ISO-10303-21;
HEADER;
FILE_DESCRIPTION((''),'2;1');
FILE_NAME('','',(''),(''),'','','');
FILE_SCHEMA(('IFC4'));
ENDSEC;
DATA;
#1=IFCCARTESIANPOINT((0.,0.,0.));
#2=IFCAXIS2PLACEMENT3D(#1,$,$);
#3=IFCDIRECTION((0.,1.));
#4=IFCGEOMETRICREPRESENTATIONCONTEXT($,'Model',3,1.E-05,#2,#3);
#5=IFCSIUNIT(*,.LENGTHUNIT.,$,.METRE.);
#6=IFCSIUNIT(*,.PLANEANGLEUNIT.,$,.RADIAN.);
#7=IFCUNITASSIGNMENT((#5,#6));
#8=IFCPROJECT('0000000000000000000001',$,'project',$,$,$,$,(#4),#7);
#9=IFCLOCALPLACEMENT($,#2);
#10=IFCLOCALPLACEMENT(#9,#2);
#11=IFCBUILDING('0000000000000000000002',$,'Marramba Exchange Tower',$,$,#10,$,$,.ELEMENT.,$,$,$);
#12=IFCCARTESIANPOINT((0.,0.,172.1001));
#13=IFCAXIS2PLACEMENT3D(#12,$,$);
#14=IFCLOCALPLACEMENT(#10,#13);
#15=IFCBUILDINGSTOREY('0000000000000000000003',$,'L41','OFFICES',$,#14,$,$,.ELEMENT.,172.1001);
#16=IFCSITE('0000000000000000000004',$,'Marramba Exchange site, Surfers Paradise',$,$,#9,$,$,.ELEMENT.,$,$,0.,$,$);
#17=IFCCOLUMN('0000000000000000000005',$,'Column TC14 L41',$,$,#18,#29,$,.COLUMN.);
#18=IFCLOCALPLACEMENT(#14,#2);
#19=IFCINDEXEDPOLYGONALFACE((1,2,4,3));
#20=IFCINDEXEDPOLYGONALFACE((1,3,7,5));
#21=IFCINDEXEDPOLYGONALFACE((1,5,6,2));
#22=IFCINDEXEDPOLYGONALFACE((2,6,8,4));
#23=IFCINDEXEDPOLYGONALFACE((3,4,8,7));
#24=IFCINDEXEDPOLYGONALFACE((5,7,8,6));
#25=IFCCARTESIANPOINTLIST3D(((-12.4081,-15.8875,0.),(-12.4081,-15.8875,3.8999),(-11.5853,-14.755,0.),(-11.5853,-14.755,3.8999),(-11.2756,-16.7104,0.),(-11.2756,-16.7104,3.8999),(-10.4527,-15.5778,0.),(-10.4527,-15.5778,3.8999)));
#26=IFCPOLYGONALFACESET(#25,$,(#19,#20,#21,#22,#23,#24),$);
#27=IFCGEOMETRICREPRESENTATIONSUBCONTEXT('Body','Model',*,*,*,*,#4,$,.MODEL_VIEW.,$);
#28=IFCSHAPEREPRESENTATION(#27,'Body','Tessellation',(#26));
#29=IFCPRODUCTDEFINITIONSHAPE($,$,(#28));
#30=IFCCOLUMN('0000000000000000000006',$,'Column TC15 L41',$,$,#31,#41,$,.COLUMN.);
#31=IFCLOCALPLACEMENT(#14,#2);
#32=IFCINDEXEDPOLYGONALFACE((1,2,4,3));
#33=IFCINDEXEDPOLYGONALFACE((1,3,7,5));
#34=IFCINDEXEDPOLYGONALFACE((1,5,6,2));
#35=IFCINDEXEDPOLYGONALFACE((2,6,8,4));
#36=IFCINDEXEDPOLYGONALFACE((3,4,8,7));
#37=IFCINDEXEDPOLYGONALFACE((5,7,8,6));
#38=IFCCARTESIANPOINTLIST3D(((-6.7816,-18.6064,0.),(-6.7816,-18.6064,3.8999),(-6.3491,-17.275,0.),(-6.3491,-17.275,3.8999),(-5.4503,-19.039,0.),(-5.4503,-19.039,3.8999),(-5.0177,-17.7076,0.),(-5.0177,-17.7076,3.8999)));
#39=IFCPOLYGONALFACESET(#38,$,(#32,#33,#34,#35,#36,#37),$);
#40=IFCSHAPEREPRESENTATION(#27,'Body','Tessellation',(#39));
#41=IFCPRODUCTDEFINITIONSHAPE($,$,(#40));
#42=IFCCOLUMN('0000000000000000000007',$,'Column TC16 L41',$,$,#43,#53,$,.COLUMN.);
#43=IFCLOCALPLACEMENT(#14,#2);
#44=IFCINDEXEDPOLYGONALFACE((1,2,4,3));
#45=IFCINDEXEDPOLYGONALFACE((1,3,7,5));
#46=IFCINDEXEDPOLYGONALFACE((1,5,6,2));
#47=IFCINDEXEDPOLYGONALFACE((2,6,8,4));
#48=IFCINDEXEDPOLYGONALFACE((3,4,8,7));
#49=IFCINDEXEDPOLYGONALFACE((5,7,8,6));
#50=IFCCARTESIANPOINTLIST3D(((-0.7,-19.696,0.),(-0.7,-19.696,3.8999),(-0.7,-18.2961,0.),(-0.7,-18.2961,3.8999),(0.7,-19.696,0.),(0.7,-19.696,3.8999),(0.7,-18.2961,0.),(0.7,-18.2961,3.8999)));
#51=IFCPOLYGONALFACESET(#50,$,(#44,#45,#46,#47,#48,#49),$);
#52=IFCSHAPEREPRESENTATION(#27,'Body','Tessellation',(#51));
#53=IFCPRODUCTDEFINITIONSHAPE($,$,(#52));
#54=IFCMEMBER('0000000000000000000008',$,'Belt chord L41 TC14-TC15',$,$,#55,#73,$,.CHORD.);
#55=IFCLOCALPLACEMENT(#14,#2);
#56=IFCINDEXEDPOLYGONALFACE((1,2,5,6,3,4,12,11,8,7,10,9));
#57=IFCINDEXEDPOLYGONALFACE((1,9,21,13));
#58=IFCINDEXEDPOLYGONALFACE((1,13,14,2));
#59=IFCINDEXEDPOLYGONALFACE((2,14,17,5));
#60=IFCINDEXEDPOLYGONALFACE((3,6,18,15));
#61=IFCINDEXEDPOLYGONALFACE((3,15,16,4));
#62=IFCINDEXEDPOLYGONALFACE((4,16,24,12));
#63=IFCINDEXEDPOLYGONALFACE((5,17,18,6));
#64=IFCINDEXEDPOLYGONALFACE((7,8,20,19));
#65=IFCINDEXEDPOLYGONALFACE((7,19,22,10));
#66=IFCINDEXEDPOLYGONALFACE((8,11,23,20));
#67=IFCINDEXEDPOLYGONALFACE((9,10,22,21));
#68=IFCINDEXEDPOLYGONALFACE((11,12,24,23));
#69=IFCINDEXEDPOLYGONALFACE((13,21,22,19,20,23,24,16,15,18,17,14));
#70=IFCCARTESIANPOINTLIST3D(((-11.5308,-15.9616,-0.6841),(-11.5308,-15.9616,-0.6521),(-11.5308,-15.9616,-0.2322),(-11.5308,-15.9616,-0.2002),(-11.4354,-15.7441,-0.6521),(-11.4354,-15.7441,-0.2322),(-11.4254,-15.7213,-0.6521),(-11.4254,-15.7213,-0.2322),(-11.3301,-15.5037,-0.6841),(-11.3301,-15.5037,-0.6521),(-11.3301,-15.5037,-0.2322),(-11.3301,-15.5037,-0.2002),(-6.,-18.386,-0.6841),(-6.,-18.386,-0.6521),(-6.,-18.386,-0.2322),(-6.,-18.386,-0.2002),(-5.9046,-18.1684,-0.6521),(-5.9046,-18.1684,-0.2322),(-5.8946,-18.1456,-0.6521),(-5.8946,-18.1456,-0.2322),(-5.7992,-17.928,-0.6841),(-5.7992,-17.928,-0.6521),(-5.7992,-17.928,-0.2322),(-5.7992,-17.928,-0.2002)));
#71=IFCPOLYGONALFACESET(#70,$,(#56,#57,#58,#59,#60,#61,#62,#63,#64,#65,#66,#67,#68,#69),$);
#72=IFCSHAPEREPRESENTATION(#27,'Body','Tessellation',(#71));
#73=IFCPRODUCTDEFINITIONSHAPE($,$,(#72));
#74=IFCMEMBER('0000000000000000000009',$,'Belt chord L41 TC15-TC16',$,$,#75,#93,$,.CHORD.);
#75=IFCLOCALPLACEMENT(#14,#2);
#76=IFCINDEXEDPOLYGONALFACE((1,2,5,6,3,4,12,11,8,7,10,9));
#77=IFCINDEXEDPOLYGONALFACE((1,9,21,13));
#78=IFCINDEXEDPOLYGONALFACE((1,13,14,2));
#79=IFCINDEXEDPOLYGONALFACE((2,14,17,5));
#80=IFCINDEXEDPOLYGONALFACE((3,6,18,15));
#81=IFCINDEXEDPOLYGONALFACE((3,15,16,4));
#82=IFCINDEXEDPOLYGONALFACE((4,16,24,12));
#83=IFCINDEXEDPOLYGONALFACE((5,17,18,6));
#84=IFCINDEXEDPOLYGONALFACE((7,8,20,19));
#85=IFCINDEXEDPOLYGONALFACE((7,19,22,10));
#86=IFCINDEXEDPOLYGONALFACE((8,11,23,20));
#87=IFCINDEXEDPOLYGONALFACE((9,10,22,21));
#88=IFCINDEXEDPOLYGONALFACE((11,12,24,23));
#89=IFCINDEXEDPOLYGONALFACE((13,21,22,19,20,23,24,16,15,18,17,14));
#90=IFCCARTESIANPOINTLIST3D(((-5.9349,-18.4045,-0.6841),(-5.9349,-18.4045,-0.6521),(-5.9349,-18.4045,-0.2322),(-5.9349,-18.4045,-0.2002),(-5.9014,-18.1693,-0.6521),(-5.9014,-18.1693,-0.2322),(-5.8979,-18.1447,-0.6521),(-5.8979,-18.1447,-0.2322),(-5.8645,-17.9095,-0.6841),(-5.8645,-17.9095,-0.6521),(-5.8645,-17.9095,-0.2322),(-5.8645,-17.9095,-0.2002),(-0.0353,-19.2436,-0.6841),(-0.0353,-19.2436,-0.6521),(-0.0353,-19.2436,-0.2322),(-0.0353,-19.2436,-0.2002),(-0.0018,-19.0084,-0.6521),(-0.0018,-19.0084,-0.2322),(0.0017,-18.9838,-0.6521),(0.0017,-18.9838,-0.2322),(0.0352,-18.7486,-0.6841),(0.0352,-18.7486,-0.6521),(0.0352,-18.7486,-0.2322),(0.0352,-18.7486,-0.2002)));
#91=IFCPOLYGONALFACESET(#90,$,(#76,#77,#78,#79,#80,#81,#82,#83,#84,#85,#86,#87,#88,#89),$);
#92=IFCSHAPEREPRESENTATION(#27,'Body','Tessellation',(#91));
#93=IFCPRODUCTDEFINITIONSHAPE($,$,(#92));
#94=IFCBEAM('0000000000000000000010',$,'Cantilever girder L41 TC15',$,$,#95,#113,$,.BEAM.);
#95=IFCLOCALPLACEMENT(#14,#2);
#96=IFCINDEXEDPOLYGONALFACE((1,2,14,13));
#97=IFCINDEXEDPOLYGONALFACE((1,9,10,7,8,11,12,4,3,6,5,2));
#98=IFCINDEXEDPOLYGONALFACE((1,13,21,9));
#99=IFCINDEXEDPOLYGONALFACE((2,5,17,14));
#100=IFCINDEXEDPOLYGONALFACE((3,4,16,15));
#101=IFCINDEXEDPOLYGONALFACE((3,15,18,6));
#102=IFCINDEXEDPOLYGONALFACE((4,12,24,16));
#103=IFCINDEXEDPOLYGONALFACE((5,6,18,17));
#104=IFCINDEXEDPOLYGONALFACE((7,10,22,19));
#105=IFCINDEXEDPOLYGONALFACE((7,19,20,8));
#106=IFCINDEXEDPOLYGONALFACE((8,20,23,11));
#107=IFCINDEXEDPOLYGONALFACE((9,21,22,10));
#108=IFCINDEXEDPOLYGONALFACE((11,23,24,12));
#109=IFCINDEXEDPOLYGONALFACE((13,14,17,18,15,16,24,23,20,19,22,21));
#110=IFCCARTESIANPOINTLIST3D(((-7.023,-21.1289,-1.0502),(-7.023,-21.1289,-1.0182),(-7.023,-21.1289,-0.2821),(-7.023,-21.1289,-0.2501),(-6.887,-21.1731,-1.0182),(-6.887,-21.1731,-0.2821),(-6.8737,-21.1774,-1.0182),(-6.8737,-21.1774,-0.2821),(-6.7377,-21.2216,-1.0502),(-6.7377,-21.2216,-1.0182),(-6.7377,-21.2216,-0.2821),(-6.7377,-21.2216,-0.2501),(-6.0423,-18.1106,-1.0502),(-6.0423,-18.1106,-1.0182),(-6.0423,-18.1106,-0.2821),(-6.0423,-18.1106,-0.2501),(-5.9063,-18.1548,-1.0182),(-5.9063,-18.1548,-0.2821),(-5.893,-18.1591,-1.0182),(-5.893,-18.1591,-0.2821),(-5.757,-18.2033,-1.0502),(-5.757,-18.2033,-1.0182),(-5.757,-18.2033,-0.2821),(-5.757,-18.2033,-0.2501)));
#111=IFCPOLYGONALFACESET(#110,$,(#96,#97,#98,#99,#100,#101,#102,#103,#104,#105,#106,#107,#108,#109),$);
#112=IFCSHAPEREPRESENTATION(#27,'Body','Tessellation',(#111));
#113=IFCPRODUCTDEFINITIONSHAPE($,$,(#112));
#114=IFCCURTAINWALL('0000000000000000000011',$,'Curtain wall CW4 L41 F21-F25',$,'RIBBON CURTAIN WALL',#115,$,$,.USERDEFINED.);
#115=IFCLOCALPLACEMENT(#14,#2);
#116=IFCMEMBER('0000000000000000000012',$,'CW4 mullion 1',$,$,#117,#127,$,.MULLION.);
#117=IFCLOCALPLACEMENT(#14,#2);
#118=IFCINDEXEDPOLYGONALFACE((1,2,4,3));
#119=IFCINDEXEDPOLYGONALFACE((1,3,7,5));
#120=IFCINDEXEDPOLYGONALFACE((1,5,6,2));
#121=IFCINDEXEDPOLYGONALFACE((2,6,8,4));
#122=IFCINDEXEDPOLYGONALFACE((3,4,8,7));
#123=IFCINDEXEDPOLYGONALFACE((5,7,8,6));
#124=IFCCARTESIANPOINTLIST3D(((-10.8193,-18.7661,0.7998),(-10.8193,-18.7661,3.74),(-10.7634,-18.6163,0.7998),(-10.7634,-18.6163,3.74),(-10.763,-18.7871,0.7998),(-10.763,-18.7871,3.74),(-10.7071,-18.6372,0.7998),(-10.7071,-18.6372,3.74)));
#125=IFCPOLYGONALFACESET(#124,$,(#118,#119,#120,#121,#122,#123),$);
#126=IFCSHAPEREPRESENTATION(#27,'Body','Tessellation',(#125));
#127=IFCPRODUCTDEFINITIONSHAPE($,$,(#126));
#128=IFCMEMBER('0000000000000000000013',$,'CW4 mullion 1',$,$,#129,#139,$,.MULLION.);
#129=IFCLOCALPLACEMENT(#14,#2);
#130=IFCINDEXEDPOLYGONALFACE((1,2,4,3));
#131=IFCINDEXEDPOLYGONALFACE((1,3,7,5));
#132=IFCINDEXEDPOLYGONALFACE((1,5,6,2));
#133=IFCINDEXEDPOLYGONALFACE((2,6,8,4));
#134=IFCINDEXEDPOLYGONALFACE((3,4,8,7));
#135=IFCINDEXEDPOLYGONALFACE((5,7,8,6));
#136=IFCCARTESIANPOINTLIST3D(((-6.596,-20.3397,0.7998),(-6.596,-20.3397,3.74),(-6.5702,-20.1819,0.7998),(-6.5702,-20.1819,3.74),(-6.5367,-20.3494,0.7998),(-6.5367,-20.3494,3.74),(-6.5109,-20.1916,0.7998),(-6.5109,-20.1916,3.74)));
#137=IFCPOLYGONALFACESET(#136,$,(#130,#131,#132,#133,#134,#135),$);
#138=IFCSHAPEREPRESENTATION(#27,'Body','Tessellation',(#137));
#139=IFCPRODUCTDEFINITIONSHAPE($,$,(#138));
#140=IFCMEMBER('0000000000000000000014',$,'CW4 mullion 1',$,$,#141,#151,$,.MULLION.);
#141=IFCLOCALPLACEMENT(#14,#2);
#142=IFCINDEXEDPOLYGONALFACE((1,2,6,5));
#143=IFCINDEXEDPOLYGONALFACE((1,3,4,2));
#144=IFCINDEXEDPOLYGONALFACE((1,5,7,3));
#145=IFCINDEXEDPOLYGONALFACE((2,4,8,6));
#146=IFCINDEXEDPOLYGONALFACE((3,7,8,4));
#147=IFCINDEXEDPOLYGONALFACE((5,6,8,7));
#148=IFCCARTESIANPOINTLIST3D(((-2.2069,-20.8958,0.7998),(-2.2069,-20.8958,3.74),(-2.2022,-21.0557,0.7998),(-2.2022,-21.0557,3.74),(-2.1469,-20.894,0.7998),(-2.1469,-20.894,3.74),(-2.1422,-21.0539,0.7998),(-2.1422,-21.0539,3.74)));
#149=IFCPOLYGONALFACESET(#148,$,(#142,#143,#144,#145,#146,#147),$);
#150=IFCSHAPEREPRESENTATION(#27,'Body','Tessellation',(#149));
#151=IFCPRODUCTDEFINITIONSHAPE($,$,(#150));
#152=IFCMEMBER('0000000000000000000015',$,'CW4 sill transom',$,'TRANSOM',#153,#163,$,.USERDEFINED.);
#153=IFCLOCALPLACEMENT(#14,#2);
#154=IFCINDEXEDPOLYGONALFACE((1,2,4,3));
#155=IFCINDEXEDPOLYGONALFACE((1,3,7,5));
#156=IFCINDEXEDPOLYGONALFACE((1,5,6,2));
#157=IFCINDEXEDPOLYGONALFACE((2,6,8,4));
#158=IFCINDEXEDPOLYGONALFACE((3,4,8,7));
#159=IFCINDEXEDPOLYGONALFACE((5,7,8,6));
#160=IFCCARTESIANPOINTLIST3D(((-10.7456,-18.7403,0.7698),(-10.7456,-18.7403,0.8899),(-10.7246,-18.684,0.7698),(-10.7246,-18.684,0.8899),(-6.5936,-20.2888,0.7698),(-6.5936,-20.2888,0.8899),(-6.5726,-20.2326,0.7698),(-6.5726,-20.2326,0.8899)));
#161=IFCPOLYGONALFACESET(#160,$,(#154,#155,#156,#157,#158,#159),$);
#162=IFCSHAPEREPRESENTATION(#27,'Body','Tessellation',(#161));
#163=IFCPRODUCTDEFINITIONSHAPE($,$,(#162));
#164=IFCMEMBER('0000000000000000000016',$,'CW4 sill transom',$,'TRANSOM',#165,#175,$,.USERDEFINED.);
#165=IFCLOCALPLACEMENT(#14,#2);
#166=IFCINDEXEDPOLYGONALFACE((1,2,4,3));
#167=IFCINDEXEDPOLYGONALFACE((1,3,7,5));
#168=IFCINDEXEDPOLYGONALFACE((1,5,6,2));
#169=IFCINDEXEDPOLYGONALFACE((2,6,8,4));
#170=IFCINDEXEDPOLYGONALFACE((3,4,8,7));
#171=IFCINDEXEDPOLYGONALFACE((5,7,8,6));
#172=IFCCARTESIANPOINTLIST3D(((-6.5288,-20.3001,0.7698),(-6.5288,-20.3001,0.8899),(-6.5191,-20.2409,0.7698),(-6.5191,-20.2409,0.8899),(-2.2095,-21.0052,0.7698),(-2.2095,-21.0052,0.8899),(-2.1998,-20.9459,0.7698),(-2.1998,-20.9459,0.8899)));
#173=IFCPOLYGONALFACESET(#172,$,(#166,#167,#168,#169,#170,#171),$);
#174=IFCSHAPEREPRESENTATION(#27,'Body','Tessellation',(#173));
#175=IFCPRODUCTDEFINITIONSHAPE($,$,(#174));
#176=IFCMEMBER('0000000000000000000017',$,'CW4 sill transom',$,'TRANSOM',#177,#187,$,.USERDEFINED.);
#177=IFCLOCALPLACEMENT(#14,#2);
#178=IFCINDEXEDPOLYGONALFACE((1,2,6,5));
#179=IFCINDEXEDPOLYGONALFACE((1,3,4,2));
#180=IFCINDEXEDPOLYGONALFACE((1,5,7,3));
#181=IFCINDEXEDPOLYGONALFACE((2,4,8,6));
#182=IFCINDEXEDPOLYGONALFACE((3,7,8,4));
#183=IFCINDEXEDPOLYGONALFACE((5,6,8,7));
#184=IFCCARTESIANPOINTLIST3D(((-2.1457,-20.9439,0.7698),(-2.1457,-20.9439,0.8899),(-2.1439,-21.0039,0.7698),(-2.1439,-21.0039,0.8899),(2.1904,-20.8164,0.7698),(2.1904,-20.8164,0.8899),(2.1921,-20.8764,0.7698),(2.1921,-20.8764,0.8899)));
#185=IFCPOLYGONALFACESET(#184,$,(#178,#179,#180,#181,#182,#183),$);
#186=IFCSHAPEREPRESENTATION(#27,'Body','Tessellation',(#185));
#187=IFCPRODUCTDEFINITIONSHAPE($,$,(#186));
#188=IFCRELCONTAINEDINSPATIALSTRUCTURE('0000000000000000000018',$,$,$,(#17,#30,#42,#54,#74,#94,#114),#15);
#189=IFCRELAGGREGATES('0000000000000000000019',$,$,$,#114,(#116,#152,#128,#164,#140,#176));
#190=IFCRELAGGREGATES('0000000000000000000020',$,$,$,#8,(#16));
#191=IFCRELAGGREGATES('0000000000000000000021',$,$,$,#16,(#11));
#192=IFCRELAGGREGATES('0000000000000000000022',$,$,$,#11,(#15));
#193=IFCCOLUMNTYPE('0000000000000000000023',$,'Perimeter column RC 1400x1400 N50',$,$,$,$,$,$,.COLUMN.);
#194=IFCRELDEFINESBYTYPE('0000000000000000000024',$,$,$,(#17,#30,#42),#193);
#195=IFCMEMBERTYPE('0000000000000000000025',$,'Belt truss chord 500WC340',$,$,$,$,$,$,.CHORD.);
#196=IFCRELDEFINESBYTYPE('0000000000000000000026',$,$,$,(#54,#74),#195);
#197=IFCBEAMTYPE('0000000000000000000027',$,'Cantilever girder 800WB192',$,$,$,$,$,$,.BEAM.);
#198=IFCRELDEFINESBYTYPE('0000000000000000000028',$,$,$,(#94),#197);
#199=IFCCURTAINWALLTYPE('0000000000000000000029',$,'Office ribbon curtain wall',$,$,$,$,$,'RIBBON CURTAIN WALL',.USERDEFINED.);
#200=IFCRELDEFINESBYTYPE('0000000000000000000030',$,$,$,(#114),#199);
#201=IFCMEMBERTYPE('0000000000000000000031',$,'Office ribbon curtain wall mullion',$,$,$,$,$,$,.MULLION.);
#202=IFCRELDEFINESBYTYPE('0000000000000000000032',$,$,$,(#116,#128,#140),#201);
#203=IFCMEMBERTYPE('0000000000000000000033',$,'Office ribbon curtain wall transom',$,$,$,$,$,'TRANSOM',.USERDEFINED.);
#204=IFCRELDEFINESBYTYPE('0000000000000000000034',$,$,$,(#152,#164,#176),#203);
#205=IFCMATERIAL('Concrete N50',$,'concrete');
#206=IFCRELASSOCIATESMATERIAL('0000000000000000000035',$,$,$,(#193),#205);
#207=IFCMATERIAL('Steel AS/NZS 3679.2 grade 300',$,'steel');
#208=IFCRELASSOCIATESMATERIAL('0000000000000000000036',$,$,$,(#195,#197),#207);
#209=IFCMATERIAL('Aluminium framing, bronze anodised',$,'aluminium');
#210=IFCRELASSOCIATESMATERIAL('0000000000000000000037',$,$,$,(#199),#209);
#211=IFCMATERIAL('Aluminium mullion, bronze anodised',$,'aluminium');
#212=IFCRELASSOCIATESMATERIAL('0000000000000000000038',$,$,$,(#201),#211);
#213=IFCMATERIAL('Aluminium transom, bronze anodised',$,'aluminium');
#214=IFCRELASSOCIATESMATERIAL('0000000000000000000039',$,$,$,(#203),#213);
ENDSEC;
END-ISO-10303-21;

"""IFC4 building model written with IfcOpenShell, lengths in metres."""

from ifc_helpers import new_model, si_unit, direction, frame, origin, origin_2d, place, context, subcontext, project, spatial, rectangle, i_section, extrude, material, material_profile, profile_set, type_object, element, aggregate, save


model = new_model("IFC4")

# Units and contexts
model_context = context("Model", 3, precision=1e-05, world=origin(), true_north=direction((0.0, 1.0)))
body_context = subcontext(model_context, "Body", "Model", "MODEL_VIEW")
ifc_project = project(units=[si_unit("LENGTHUNIT", "METRE"), si_unit("PLANEANGLEUNIT", "RADIAN")], contexts=[model_context])

# Site, building, storey
site_placement = place(None, origin())
site = spatial("IfcSite", under=ifc_project, at=site_placement, Name="Marramba Exchange site, Surfers Paradise", CompositionType="ELEMENT", RefElevation=0.0)
building_placement = place(site_placement, origin())
building = spatial("IfcBuilding", under=site, at=building_placement, Name="Marramba Exchange Tower", CompositionType="ELEMENT")
storey_placement = place(building_placement, frame((0.0, 0.0, 172.1001)))
storey = spatial("IfcBuildingStorey", under=building, at=storey_placement, Name="L41", Description="OFFICES", CompositionType="ELEMENT", Elevation=172.1001)

# Columns
ifc_material_1 = material(Name="Concrete N50", Category="concrete")
ifc_material_profile_1 = material_profile(ifc_material_1, rectangle(XDim=1.3999, YDim=1.3999, at=origin_2d()), Name="RC 1400x1400")
ifc_profile_set_1 = profile_set([ifc_material_profile_1], Name="Concrete N50")
column_type = type_object("IfcColumnType", Name="Perimeter column RC 1400x1400 N50", PredefinedType="COLUMN", material=ifc_profile_set_1)
for number, where, z_axis, x_axis, name in (
    (1, (-11.4304, -15.7327, 0.0), (0.0, 0.0, 1.0), (-0.587785, -0.809017, 0.0), "Column TC14 L41"),
    (2, (-5.8997, -18.157, 0.0), (0.0, 0.0, 1.0), (-0.309017, -0.951057, 0.0), "Column TC15 L41"),
    (3, (0.0, -18.9961, 0.0), (0.0, 0.0, 1.0), (0.0, -1.0, 0.0), "Column TC16 L41"),
):
    element("IfcColumn", number, at=place(storey_placement, frame(where, z_axis=z_axis, x_axis=x_axis)), inside=storey, type_object=column_type, Name=name, PredefinedType="COLUMN", context=body_context, shape_type="SweptSolid", body=[
        extrude(rectangle(XDim=1.3999, YDim=1.3999, at=origin_2d()), origin(), (0.0, 0.0, 1.0), 3.8999),
    ])

# Members
ifc_material_2 = material(Name="Steel AS/NZS 3679.2 grade 300", Category="steel")
ifc_material_profile_2 = material_profile(ifc_material_2, i_section(OverallWidth=0.5, OverallDepth=0.4839, WebThickness=0.0249, FlangeThickness=0.032, at=origin_2d()), Name="500WC340")
ifc_profile_set_2 = profile_set([ifc_material_profile_2], Name="Steel AS/NZS 3679.2 grade 300")
member_type_1 = type_object("IfcMemberType", Name="Belt truss chord 500WC340", PredefinedType="CHORD", material=ifc_profile_set_2)
member_1_placement = place(storey_placement, frame((-11.4304, -15.7327, -0.4421), z_axis=(0.915877, -0.401459, 0.0), x_axis=(0.401459, 0.915877, 0.0)))
element("IfcMember", 4, at=member_1_placement, inside=storey, type_object=member_type_1, Name="Belt chord L41 TC14-TC15", PredefinedType="CHORD", context=body_context, shape_type="SweptSolid", body=[
    extrude(i_section(OverallWidth=0.5, OverallDepth=0.4839, WebThickness=0.0249, FlangeThickness=0.032, at=origin_2d()), origin(), (0.0, 0.0, 1.0), 6.0388),
])
member_2_placement = place(storey_placement, frame((-5.8997, -18.157, -0.4421), z_axis=(0.990036, -0.140813, 0.0), x_axis=(0.140813, 0.990036, 0.0)))
element("IfcMember", 5, at=member_2_placement, inside=storey, type_object=member_type_1, Name="Belt chord L41 TC15-TC16", PredefinedType="CHORD", context=body_context, shape_type="SweptSolid", body=[
    extrude(i_section(OverallWidth=0.5, OverallDepth=0.4839, WebThickness=0.0249, FlangeThickness=0.032, at=origin_2d()), origin(), (0.0, 0.0, 1.0), 5.959),
])

# Beam
ifc_material_profile_3 = material_profile(ifc_material_2, i_section(OverallWidth=0.3, OverallDepth=0.8, WebThickness=0.0139, FlangeThickness=0.032, at=origin_2d()), Name="800WB192")
ifc_profile_set_3 = profile_set([ifc_material_profile_3], Name="Steel AS/NZS 3679.2 grade 300")
beam_type_1 = type_object("IfcBeamType", Name="Cantilever girder 800WB192", PredefinedType="BEAM", material=ifc_profile_set_3)
beam_1_placement = place(storey_placement, frame((-5.8997, -18.157, -0.6501), z_axis=(-0.309018, -0.951056, 0.0), x_axis=(0.951056, -0.309018, 0.0)))
element("IfcBeam", 6, at=beam_1_placement, inside=storey, type_object=beam_type_1, Name="Cantilever girder L41 TC15", PredefinedType="BEAM", context=body_context, shape_type="SweptSolid", body=[
    extrude(i_section(OverallWidth=0.3, OverallDepth=0.8, WebThickness=0.0139, FlangeThickness=0.032, at=origin_2d()), origin(), (0.0, 0.0, 1.0), 3.1736),
])

# Curtain wall, members
ifc_material_3 = material(Name="Aluminium framing, bronze anodised", Category="aluminium")
curtain_wall_type = type_object("IfcCurtainWallType", Name="Office ribbon curtain wall", ElementType="RIBBON CURTAIN WALL", PredefinedType="USERDEFINED", material=ifc_material_3)
curtain_wall_1_placement = place(storey_placement, origin())
curtain_wall_1 = element("IfcCurtainWall", 7, at=curtain_wall_1_placement, inside=storey, type_object=curtain_wall_type, Name="Curtain wall CW4 L41 F21-F25", ObjectType="RIBBON CURTAIN WALL", PredefinedType="USERDEFINED")
ifc_material_4 = material(Name="Aluminium mullion, bronze anodised", Category="aluminium")
ifc_material_profile_4 = material_profile(ifc_material_4, rectangle(XDim=0.1599, YDim=0.0601, at=origin_2d()), Name="CW4 mullion 60x160")
ifc_profile_set_4 = profile_set([ifc_material_profile_4], Name="Aluminium mullion, bronze anodised")
member_type_2 = type_object("IfcMemberType", Name="Office ribbon curtain wall mullion", PredefinedType="MULLION", material=ifc_profile_set_4)
member_3_placement = place(storey_placement, frame((-10.7632, -18.7017, 0.7998), z_axis=(0.0, 0.0, 1.0), x_axis=(0.349459, 0.936952, 0.0)))
member_3 = element("IfcMember", 8, at=member_3_placement, type_object=member_type_2, Name="CW4 mullion 1", PredefinedType="MULLION", context=body_context, shape_type="SweptSolid", body=[
    extrude(rectangle(XDim=0.1599, YDim=0.0601, at=origin_2d()), origin(), (0.0, 0.0, 1.0), 2.9402),
])
member_4_placement = place(storey_placement, frame((-6.5535, -20.2656, 0.7998), z_axis=(0.0, 0.0, 1.0), x_axis=(0.161146, 0.986931, 0.0)))
member_4 = element("IfcMember", 9, at=member_4_placement, type_object=member_type_2, Name="CW4 mullion 1", PredefinedType="MULLION", context=body_context, shape_type="SweptSolid", body=[
    extrude(rectangle(XDim=0.1599, YDim=0.0601, at=origin_2d()), origin(), (0.0, 0.0, 1.0), 2.9402),
])
member_5_placement = place(storey_placement, frame((-2.1746, -20.9749, 0.7998), z_axis=(0.0, 0.0, 1.0), x_axis=(-0.029393, 0.999568, 0.0)))
member_5 = element("IfcMember", 10, at=member_5_placement, type_object=member_type_2, Name="CW4 mullion 1", PredefinedType="MULLION", context=body_context, shape_type="SweptSolid", body=[
    extrude(rectangle(XDim=0.1599, YDim=0.0601, at=origin_2d()), origin(), (0.0, 0.0, 1.0), 2.9402),
])
ifc_material_5 = material(Name="Aluminium transom, bronze anodised", Category="aluminium")
ifc_material_profile_5 = material_profile(ifc_material_5, rectangle(XDim=0.0601, YDim=0.1201, at=origin_2d()), Name="CW4 transom 60x120")
ifc_profile_set_5 = profile_set([ifc_material_profile_5], Name="Aluminium transom, bronze anodised")
member_type_3 = type_object("IfcMemberType", Name="Office ribbon curtain wall transom", ElementType="TRANSOM", PredefinedType="USERDEFINED", material=ifc_profile_set_5)
member_6_placement = place(storey_placement, frame((-10.7351, -18.7122, 0.8298), z_axis=(0.936955, -0.34945, 0.0), x_axis=(0.34945, 0.936955, 0.0)))
member_6 = element("IfcMember", 11, at=member_6_placement, type_object=member_type_3, Name="CW4 sill transom", ObjectType="TRANSOM", PredefinedType="USERDEFINED", context=body_context, shape_type="SweptSolid", body=[
    extrude(rectangle(XDim=0.0601, YDim=0.1201, at=origin_2d()), origin(), (0.0, 0.0, 1.0), 4.4314),
])
member_7_placement = place(storey_placement, frame((-6.5239, -20.2705, 0.8298), z_axis=(0.986937, -0.161105, 0.0), x_axis=(0.161105, 0.986937, 0.0)))
member_7 = element("IfcMember", 12, at=member_7_placement, type_object=member_type_3, Name="CW4 sill transom", ObjectType="TRANSOM", PredefinedType="USERDEFINED", context=body_context, shape_type="SweptSolid", body=[
    extrude(rectangle(XDim=0.0601, YDim=0.1201, at=origin_2d()), origin(), (0.0, 0.0, 1.0), 4.3765),
])
member_8_placement = place(storey_placement, frame((-2.1448, -20.9739, 0.8298), z_axis=(0.999568, 0.029379, 0.0), x_axis=(-0.029379, 0.999568, 0.0)))
member_8 = element("IfcMember", 13, at=member_8_placement, type_object=member_type_3, Name="CW4 sill transom", ObjectType="TRANSOM", PredefinedType="USERDEFINED", context=body_context, shape_type="SweptSolid", body=[
    extrude(rectangle(XDim=0.0601, YDim=0.1201, at=origin_2d()), origin(), (0.0, 0.0, 1.0), 4.3379),
])

aggregate(curtain_wall_1, [member_3, member_6, member_4, member_7, member_5, member_8])

save(model, "model.ifc")
